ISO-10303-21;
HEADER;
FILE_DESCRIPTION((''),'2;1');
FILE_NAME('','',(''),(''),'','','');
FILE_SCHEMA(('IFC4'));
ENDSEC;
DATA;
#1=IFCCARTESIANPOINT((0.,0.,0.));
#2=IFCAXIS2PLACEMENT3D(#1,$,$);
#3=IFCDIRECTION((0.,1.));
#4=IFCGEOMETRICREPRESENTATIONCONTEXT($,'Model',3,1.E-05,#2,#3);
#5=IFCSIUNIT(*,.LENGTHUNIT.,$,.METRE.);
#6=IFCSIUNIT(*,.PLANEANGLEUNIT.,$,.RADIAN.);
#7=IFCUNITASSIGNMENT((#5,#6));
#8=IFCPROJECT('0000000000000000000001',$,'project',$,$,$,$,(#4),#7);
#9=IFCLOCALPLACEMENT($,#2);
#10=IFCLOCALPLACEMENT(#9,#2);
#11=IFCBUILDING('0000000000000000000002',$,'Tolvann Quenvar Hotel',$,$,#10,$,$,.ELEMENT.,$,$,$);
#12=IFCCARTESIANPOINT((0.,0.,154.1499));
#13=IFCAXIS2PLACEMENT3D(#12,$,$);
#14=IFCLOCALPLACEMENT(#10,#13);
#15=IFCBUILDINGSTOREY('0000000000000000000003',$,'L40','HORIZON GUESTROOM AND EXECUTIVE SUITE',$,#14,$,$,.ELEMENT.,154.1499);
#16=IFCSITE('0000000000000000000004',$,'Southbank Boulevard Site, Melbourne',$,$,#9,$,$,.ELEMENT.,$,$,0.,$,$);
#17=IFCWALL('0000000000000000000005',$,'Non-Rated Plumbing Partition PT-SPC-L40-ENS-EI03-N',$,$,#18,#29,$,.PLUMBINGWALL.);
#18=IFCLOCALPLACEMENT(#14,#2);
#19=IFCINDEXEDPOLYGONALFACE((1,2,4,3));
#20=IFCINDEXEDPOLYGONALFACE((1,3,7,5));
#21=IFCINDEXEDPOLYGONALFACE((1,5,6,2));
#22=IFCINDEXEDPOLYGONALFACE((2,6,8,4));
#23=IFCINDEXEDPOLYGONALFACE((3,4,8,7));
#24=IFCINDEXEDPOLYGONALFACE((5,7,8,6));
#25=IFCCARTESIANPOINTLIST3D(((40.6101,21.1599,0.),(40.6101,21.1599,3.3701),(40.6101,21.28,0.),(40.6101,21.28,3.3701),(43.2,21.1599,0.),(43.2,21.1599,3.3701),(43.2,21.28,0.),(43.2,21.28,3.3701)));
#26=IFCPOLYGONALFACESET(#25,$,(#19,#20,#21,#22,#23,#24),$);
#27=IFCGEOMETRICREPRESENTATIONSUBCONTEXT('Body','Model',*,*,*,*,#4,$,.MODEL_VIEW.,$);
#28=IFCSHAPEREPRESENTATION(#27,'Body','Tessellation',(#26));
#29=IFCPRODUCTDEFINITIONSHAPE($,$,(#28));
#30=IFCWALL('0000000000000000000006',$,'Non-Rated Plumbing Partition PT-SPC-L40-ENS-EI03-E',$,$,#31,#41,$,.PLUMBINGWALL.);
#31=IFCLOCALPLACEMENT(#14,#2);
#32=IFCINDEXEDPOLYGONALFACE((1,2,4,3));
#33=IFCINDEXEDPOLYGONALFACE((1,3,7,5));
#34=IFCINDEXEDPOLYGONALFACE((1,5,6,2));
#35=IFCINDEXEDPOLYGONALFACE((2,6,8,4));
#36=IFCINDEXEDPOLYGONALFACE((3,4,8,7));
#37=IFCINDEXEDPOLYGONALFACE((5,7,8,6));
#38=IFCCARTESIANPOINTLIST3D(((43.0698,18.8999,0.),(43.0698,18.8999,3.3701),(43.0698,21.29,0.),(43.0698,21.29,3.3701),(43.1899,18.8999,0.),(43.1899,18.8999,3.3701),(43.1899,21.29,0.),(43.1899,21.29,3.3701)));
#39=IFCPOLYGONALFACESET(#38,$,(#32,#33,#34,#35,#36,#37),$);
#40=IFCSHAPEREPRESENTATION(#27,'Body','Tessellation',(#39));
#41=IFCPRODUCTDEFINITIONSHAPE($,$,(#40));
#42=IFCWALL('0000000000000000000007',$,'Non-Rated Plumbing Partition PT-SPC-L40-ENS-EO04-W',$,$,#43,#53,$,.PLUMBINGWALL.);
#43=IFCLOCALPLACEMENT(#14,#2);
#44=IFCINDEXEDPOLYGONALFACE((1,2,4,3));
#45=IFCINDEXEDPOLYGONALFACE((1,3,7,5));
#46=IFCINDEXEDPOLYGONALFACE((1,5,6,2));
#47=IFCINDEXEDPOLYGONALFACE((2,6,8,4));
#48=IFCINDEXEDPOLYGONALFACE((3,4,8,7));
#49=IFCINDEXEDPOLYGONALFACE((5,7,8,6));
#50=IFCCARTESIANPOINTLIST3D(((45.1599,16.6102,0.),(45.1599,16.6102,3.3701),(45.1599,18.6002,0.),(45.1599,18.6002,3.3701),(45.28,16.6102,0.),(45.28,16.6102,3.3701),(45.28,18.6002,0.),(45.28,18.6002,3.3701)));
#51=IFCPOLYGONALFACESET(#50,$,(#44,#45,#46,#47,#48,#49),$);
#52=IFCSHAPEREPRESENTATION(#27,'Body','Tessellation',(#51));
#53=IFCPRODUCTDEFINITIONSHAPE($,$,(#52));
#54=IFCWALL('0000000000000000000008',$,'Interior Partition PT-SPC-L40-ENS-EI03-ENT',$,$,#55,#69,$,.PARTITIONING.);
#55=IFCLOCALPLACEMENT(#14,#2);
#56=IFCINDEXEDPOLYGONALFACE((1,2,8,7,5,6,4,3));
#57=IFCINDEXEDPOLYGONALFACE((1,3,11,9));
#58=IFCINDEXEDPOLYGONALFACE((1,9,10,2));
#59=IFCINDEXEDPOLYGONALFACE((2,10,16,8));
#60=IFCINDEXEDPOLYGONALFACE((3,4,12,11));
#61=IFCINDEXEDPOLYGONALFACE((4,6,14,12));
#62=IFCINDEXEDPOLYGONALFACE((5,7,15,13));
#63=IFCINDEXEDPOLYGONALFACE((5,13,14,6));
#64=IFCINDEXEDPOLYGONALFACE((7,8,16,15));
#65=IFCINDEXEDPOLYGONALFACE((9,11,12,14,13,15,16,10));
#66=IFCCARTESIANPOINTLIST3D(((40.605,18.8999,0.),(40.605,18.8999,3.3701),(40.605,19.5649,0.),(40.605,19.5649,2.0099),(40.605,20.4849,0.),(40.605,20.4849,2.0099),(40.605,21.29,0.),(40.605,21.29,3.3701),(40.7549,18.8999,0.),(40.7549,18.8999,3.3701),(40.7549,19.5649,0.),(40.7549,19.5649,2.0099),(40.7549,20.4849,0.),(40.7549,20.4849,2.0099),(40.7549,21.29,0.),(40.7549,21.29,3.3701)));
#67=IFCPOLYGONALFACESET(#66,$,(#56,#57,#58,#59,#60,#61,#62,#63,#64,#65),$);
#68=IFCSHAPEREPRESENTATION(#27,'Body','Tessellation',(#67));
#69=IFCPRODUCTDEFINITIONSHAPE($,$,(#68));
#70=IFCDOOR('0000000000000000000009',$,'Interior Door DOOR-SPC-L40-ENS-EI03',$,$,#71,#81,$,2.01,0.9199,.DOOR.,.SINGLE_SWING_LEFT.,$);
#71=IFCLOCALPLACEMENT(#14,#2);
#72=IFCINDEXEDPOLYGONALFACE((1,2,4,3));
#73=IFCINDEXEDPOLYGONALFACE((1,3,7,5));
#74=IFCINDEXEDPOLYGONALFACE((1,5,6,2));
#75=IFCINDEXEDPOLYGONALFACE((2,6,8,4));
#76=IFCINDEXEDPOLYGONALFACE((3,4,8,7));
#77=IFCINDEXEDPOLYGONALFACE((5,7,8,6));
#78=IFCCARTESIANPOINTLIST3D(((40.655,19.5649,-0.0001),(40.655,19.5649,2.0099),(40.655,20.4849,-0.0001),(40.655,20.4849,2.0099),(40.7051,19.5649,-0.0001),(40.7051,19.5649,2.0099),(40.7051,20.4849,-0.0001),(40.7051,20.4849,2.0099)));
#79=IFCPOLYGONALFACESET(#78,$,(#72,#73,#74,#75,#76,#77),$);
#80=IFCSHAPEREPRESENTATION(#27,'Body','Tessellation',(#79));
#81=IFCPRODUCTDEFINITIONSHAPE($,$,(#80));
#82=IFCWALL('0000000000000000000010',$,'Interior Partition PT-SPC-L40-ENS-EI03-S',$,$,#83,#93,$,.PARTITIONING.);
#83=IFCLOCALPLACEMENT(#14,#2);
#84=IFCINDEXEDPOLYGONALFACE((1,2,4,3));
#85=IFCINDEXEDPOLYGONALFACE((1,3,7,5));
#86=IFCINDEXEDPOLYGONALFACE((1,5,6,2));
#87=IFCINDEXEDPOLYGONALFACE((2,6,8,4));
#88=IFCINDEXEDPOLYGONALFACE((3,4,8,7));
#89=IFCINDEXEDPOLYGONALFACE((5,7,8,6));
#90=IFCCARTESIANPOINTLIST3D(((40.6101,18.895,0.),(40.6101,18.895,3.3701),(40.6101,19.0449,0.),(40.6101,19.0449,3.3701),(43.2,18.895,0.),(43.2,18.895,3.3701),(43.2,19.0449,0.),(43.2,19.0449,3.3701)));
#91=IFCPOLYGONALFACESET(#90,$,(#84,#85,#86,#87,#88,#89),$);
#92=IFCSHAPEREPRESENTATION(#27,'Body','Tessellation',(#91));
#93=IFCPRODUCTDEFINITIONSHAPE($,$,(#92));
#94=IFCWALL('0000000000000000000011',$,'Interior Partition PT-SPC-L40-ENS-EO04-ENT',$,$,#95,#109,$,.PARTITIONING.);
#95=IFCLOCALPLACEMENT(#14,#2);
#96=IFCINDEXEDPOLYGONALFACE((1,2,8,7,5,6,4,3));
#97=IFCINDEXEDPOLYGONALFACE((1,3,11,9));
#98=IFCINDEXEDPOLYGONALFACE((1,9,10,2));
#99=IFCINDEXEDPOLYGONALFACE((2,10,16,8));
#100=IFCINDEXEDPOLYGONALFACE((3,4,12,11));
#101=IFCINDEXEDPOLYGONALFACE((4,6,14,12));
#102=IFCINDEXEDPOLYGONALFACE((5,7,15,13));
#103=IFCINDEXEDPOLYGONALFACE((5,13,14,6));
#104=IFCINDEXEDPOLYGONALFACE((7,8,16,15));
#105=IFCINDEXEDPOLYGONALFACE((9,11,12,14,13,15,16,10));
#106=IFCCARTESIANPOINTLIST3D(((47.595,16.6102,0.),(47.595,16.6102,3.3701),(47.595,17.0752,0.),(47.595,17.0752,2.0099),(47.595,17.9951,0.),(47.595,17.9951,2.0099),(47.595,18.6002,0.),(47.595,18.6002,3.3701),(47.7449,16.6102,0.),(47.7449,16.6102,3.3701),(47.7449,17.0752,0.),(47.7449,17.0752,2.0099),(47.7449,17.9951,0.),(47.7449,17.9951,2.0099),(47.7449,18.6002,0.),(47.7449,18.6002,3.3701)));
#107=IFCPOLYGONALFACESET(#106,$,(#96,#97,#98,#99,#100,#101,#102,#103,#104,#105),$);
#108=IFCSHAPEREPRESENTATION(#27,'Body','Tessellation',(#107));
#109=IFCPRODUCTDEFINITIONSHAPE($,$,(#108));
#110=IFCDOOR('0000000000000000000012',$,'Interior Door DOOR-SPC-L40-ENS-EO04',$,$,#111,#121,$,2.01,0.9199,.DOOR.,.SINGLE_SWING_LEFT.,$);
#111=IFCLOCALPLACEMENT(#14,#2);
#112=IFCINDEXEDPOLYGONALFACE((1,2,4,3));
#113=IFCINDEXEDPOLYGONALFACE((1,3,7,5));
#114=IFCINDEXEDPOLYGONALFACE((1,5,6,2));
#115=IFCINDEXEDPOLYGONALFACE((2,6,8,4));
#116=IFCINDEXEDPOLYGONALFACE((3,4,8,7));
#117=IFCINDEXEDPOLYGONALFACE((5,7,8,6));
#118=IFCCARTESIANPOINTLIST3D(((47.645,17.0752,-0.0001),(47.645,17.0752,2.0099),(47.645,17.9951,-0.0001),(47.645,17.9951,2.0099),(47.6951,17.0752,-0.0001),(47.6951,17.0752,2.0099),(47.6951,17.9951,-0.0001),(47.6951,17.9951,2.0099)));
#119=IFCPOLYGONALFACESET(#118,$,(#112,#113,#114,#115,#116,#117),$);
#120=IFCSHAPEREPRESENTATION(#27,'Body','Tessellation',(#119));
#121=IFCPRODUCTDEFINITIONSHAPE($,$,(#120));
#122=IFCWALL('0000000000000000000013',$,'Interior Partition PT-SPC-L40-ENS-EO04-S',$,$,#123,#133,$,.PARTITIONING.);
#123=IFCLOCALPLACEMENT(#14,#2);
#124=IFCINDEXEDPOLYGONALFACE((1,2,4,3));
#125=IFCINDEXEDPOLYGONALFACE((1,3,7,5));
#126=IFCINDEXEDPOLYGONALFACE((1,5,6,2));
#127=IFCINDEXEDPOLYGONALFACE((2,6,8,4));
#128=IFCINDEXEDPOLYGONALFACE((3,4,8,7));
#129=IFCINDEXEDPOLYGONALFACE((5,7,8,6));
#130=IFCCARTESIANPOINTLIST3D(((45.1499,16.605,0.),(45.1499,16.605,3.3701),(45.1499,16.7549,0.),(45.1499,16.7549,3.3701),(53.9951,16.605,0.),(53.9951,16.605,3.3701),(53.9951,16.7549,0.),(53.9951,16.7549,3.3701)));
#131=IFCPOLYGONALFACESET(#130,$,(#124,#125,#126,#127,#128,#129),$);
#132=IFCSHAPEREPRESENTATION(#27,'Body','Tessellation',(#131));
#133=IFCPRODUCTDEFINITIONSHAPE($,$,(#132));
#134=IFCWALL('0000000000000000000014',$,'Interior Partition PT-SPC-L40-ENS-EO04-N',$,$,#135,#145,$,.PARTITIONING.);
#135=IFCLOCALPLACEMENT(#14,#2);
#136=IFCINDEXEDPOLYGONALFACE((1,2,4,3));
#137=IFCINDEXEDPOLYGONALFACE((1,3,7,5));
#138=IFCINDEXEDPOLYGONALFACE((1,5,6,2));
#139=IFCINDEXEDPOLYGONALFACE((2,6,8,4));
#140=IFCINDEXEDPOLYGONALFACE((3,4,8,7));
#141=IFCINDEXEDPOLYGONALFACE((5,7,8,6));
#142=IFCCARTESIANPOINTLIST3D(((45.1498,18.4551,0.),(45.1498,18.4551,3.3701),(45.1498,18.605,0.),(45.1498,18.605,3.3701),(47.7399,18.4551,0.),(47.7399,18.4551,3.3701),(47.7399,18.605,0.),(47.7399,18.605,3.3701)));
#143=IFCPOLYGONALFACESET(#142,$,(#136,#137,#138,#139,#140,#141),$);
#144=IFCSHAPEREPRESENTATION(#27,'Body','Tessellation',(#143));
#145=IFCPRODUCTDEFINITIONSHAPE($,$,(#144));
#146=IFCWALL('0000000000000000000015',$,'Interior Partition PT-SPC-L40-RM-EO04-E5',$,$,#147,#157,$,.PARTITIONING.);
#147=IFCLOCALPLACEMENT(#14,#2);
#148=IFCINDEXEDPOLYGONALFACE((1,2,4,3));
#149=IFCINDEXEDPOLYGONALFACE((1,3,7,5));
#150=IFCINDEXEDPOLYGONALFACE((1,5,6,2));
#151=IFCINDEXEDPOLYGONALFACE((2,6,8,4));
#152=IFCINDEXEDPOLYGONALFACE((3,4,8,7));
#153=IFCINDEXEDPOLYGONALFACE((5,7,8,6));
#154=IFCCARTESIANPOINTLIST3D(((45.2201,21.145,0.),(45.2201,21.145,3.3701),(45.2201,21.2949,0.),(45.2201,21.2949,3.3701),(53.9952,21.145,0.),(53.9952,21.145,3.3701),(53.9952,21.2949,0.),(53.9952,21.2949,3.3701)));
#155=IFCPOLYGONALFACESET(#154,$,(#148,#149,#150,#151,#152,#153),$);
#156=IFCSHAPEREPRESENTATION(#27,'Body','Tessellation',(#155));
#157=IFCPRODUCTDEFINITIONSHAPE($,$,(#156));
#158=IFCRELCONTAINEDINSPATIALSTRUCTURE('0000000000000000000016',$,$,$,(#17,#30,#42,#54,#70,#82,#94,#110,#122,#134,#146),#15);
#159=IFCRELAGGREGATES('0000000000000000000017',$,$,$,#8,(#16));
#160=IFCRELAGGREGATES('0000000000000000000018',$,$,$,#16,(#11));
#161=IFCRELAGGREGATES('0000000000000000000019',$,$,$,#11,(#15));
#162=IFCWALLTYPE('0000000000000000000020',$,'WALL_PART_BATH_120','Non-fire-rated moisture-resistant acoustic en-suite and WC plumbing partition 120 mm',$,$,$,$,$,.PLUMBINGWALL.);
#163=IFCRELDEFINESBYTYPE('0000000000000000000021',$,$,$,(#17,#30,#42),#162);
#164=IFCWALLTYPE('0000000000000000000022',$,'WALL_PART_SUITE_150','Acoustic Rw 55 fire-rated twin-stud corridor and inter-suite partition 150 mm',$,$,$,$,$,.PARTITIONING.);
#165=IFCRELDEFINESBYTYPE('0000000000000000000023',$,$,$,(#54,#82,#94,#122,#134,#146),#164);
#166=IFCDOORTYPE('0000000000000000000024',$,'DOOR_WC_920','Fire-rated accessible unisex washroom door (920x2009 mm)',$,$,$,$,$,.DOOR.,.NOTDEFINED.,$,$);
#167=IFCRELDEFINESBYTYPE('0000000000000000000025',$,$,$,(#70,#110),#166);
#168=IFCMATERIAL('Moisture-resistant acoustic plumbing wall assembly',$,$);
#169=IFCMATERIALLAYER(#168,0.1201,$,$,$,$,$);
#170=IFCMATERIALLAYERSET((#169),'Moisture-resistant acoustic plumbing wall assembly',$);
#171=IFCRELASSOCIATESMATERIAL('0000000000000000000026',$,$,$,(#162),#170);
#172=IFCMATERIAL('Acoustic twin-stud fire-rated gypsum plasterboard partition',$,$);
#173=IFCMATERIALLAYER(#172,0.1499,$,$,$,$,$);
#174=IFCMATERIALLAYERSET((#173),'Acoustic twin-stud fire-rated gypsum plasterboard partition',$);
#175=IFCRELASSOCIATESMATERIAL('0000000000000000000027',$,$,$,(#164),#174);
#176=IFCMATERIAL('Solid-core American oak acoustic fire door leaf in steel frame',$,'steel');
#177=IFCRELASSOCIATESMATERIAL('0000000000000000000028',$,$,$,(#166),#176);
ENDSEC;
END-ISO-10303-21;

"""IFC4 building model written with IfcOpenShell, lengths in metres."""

from ifc_helpers import new_model, si_unit, direction, frame, frame_2d, origin, place, context, subcontext, project, spatial, rectangle, extrude, source, transform, mapped, material, layer, layer_set, type_object, type_shapes, element, fill, save


model = new_model("IFC4")

# Units and contexts
model_context = context("Model", 3, precision=1e-05, world=origin(), true_north=direction((0.0, 1.0)))
body_context = subcontext(model_context, "Body", "Model", "MODEL_VIEW")
ifc_project = project(units=[si_unit("LENGTHUNIT", "METRE"), si_unit("PLANEANGLEUNIT", "RADIAN")], contexts=[model_context])

# Site, building, storey
site_placement = place(None, origin())
site = spatial("IfcSite", under=ifc_project, at=site_placement, Name="Southbank Boulevard Site, Melbourne", CompositionType="ELEMENT", RefElevation=0.0)
building_placement = place(site_placement, origin())
building = spatial("IfcBuilding", under=site, at=building_placement, Name="Tolvann Quenvar Hotel", CompositionType="ELEMENT")
storey_placement = place(building_placement, frame((0.0, 0.0, 154.1499)))
storey = spatial("IfcBuildingStorey", under=building, at=storey_placement, Name="L40", Description="HORIZON GUESTROOM AND EXECUTIVE SUITE", CompositionType="ELEMENT", Elevation=154.1499)

# Walls
ifc_material_1 = material(Name="Moisture-resistant acoustic plumbing wall assembly")
ifc_layer_1 = layer(ifc_material_1, 0.1201)
ifc_layer_set_1 = layer_set([ifc_layer_1], Name="Moisture-resistant acoustic plumbing wall assembly")
wall_type_1 = type_object("IfcWallType", Name="WALL_PART_BATH_120", Description="Non-fire-rated moisture-resistant acoustic en-suite and WC plumbing partition 120 mm", PredefinedType="PLUMBINGWALL", material=ifc_layer_set_1)
wall_1_placement = place(storey_placement, frame((40.6101, 21.22, 0.0), z_axis=(0.0, 0.0, 1.0), x_axis=(1.0, 0.0, 0.0)))
element("IfcWall", 1, at=wall_1_placement, inside=storey, type_object=wall_type_1, Name="Non-Rated Plumbing Partition PT-SPC-L40-ENS-EI03-N", PredefinedType="PLUMBINGWALL", context=body_context, shape_type="SweptSolid", body=[
    extrude(rectangle(XDim=2.5898, YDim=0.1201, at=frame_2d((1.2949, 0.0))), origin(), (0.0, 0.0, 1.0), 3.3701),
])
wall_2_placement = place(storey_placement, frame((43.1299, 18.8999, 0.0), z_axis=(0.0, 0.0, 1.0), x_axis=(0.0, 1.0, 0.0)))
element("IfcWall", 2, at=wall_2_placement, inside=storey, type_object=wall_type_1, Name="Non-Rated Plumbing Partition PT-SPC-L40-ENS-EI03-E", PredefinedType="PLUMBINGWALL", context=body_context, shape_type="SweptSolid", body=[
    extrude(rectangle(XDim=2.3901, YDim=0.1201, at=frame_2d((1.1951, 0.0))), origin(), (0.0, 0.0, 1.0), 3.3701),
])
wall_3_placement = place(storey_placement, frame((45.22, 16.6101, 0.0), z_axis=(0.0, 0.0, 1.0), x_axis=(0.0, 1.0, 0.0)))
element("IfcWall", 3, at=wall_3_placement, inside=storey, type_object=wall_type_1, Name="Non-Rated Plumbing Partition PT-SPC-L40-ENS-EO04-W", PredefinedType="PLUMBINGWALL", context=body_context, shape_type="SweptSolid", body=[
    extrude(rectangle(XDim=1.99, YDim=0.1201, at=frame_2d((0.9951, 0.0))), origin(), (0.0, 0.0, 1.0), 3.3701),
])

# Wall, opening, door
ifc_material_2 = material(Name="Acoustic twin-stud fire-rated gypsum plasterboard partition")
ifc_layer_2 = layer(ifc_material_2, 0.1499)
ifc_layer_set_2 = layer_set([ifc_layer_2], Name="Acoustic twin-stud fire-rated gypsum plasterboard partition")
wall_type_2 = type_object("IfcWallType", Name="WALL_PART_SUITE_150", Description="Acoustic Rw 55 fire-rated twin-stud corridor and inter-suite partition 150 mm", PredefinedType="PARTITIONING", material=ifc_layer_set_2)
wall_4_placement = place(storey_placement, frame((40.6799, 18.8999, 0.0), z_axis=(0.0, 0.0, 1.0), x_axis=(0.0, 1.0, 0.0)))
wall_4 = element("IfcWall", 4, at=wall_4_placement, inside=storey, type_object=wall_type_2, Name="Interior Partition PT-SPC-L40-ENS-EI03-ENT", PredefinedType="PARTITIONING", context=body_context, shape_type="SweptSolid", body=[
    extrude(rectangle(XDim=2.3901, YDim=0.1499, at=frame_2d((1.1951, 0.0))), origin(), (0.0, 0.0, 1.0), 3.3701),
])
opening_1_placement = place(wall_4_placement, frame((0.665, 0.0, 0.0)))
opening_1 = element("IfcOpeningElement", 5, at=opening_1_placement, cuts=wall_4, PredefinedType="OPENING", context=body_context, shape_type="SweptSolid", body=[
    extrude(rectangle(XDim=0.9199, YDim=2.01, at=frame_2d((0.46, 1.0049))), frame((0.0, 0.085, 0.0), z_axis=(0.0, -1.0, 0.0), x_axis=(1.0, 0.0, 0.0)), (0.0, 0.0, 1.0), 0.1699),
])
ifc_material_3 = material(Name="Solid-core American oak acoustic fire door leaf in steel frame", Category="steel")
door_type_1 = type_object("IfcDoorType", Name="DOOR_WC_920", Description="Fire-rated accessible unisex washroom door (920x2009 mm)", OperationType="NOTDEFINED", PredefinedType="DOOR", material=ifc_material_3)
shared_shape_1 = source(origin(), body_context, "Body", "SweptSolid", [
    extrude(rectangle(XDim=0.9199, YDim=2.01, at=frame_2d((0.46, 1.0049))), frame((0.0, 0.0249, 0.0), z_axis=(0.0, -1.0, 0.0), x_axis=(1.0, 0.0, 0.0)), (0.0, 0.0, 1.0), 0.05),
])
type_shapes(door_type_1, [shared_shape_1])
door_1_placement = place(opening_1_placement, origin())
door_1 = element("IfcDoor", 6, at=door_1_placement, inside=storey, type_object=door_type_1, Name="Interior Door DOOR-SPC-L40-ENS-EI03", OperationType="SINGLE_SWING_LEFT", OverallHeight=2.01, OverallWidth=0.9199, PredefinedType="DOOR", context=body_context, shape_type="MappedRepresentation", body=[
    mapped(shared_shape_1, transform((0.0, 0.0, 0.0), x_axis=(1.0, 0.0, 0.0), y_axis=(0.0, 1.0, 0.0), z_axis=(0.0, 0.0, 1.0), scale=1.0)),
])
fill(opening_1, door_1)

# Wall
wall_5_placement = place(storey_placement, frame((40.6101, 18.97, 0.0), z_axis=(0.0, 0.0, 1.0), x_axis=(1.0, 0.0, 0.0)))
element("IfcWall", 7, at=wall_5_placement, inside=storey, type_object=wall_type_2, Name="Interior Partition PT-SPC-L40-ENS-EI03-S", PredefinedType="PARTITIONING", context=body_context, shape_type="SweptSolid", body=[
    extrude(rectangle(XDim=2.5898, YDim=0.1499, at=frame_2d((1.2949, 0.0))), origin(), (0.0, 0.0, 1.0), 3.3701),
])

# Wall, opening, door
wall_6_placement = place(storey_placement, frame((47.6699, 16.6101, 0.0), z_axis=(0.0, 0.0, 1.0), x_axis=(0.0, 1.0, 0.0)))
wall_6 = element("IfcWall", 8, at=wall_6_placement, inside=storey, type_object=wall_type_2, Name="Interior Partition PT-SPC-L40-ENS-EO04-ENT", PredefinedType="PARTITIONING", context=body_context, shape_type="SweptSolid", body=[
    extrude(rectangle(XDim=1.99, YDim=0.1499, at=frame_2d((0.9951, 0.0))), origin(), (0.0, 0.0, 1.0), 3.3701),
])
opening_2_placement = place(wall_6_placement, frame((0.4651, 0.0, 0.0)))
opening_2 = element("IfcOpeningElement", 9, at=opening_2_placement, cuts=wall_6, PredefinedType="OPENING", context=body_context, shape_type="SweptSolid", body=[
    extrude(rectangle(XDim=0.9199, YDim=2.01, at=frame_2d((0.46, 1.0049))), frame((0.0, 0.085, 0.0), z_axis=(0.0, -1.0, 0.0), x_axis=(1.0, 0.0, 0.0)), (0.0, 0.0, 1.0), 0.1699),
])
door_2_placement = place(opening_2_placement, origin())
door_2 = element("IfcDoor", 10, at=door_2_placement, inside=storey, type_object=door_type_1, Name="Interior Door DOOR-SPC-L40-ENS-EO04", OperationType="SINGLE_SWING_LEFT", OverallHeight=2.01, OverallWidth=0.9199, PredefinedType="DOOR", context=body_context, shape_type="MappedRepresentation", body=[
    mapped(shared_shape_1, transform((0.0, 0.0, 0.0), x_axis=(1.0, 0.0, 0.0), y_axis=(0.0, 1.0, 0.0), z_axis=(0.0, 0.0, 1.0), scale=1.0)),
])
fill(opening_2, door_2)

# Walls
wall_7_placement = place(storey_placement, frame((45.1499, 16.6799, 0.0), z_axis=(0.0, 0.0, 1.0), x_axis=(1.0, 0.0, 0.0)))
element("IfcWall", 11, at=wall_7_placement, inside=storey, type_object=wall_type_2, Name="Interior Partition PT-SPC-L40-ENS-EO04-S", PredefinedType="PARTITIONING", context=body_context, shape_type="SweptSolid", body=[
    extrude(rectangle(XDim=8.8452, YDim=0.1499, at=frame_2d((4.4226, 0.0))), origin(), (0.0, 0.0, 1.0), 3.3701),
])
wall_8_placement = place(storey_placement, frame((45.1499, 18.53, 0.0), z_axis=(0.0, 0.0, 1.0), x_axis=(1.0, 0.0, 0.0)))
element("IfcWall", 12, at=wall_8_placement, inside=storey, type_object=wall_type_2, Name="Interior Partition PT-SPC-L40-ENS-EO04-N", PredefinedType="PARTITIONING", context=body_context, shape_type="SweptSolid", body=[
    extrude(rectangle(XDim=2.5901, YDim=0.1499, at=frame_2d((1.2949, 0.0))), origin(), (0.0, 0.0, 1.0), 3.3701),
])

# Wall
wall_9_placement = place(storey_placement, frame((45.22, 21.22, 0.0), z_axis=(0.0, 0.0, 1.0), x_axis=(1.0, 0.0, 0.0)))
element("IfcWall", 13, at=wall_9_placement, inside=storey, type_object=wall_type_2, Name="Interior Partition PT-SPC-L40-RM-EO04-E5", PredefinedType="PARTITIONING", context=body_context, shape_type="SweptSolid", body=[
    extrude(rectangle(XDim=8.7751, YDim=0.1499, at=frame_2d((4.3877, 0.0))), origin(), (0.0, 0.0, 1.0), 3.3701),
])

save(model, "model.ifc")
